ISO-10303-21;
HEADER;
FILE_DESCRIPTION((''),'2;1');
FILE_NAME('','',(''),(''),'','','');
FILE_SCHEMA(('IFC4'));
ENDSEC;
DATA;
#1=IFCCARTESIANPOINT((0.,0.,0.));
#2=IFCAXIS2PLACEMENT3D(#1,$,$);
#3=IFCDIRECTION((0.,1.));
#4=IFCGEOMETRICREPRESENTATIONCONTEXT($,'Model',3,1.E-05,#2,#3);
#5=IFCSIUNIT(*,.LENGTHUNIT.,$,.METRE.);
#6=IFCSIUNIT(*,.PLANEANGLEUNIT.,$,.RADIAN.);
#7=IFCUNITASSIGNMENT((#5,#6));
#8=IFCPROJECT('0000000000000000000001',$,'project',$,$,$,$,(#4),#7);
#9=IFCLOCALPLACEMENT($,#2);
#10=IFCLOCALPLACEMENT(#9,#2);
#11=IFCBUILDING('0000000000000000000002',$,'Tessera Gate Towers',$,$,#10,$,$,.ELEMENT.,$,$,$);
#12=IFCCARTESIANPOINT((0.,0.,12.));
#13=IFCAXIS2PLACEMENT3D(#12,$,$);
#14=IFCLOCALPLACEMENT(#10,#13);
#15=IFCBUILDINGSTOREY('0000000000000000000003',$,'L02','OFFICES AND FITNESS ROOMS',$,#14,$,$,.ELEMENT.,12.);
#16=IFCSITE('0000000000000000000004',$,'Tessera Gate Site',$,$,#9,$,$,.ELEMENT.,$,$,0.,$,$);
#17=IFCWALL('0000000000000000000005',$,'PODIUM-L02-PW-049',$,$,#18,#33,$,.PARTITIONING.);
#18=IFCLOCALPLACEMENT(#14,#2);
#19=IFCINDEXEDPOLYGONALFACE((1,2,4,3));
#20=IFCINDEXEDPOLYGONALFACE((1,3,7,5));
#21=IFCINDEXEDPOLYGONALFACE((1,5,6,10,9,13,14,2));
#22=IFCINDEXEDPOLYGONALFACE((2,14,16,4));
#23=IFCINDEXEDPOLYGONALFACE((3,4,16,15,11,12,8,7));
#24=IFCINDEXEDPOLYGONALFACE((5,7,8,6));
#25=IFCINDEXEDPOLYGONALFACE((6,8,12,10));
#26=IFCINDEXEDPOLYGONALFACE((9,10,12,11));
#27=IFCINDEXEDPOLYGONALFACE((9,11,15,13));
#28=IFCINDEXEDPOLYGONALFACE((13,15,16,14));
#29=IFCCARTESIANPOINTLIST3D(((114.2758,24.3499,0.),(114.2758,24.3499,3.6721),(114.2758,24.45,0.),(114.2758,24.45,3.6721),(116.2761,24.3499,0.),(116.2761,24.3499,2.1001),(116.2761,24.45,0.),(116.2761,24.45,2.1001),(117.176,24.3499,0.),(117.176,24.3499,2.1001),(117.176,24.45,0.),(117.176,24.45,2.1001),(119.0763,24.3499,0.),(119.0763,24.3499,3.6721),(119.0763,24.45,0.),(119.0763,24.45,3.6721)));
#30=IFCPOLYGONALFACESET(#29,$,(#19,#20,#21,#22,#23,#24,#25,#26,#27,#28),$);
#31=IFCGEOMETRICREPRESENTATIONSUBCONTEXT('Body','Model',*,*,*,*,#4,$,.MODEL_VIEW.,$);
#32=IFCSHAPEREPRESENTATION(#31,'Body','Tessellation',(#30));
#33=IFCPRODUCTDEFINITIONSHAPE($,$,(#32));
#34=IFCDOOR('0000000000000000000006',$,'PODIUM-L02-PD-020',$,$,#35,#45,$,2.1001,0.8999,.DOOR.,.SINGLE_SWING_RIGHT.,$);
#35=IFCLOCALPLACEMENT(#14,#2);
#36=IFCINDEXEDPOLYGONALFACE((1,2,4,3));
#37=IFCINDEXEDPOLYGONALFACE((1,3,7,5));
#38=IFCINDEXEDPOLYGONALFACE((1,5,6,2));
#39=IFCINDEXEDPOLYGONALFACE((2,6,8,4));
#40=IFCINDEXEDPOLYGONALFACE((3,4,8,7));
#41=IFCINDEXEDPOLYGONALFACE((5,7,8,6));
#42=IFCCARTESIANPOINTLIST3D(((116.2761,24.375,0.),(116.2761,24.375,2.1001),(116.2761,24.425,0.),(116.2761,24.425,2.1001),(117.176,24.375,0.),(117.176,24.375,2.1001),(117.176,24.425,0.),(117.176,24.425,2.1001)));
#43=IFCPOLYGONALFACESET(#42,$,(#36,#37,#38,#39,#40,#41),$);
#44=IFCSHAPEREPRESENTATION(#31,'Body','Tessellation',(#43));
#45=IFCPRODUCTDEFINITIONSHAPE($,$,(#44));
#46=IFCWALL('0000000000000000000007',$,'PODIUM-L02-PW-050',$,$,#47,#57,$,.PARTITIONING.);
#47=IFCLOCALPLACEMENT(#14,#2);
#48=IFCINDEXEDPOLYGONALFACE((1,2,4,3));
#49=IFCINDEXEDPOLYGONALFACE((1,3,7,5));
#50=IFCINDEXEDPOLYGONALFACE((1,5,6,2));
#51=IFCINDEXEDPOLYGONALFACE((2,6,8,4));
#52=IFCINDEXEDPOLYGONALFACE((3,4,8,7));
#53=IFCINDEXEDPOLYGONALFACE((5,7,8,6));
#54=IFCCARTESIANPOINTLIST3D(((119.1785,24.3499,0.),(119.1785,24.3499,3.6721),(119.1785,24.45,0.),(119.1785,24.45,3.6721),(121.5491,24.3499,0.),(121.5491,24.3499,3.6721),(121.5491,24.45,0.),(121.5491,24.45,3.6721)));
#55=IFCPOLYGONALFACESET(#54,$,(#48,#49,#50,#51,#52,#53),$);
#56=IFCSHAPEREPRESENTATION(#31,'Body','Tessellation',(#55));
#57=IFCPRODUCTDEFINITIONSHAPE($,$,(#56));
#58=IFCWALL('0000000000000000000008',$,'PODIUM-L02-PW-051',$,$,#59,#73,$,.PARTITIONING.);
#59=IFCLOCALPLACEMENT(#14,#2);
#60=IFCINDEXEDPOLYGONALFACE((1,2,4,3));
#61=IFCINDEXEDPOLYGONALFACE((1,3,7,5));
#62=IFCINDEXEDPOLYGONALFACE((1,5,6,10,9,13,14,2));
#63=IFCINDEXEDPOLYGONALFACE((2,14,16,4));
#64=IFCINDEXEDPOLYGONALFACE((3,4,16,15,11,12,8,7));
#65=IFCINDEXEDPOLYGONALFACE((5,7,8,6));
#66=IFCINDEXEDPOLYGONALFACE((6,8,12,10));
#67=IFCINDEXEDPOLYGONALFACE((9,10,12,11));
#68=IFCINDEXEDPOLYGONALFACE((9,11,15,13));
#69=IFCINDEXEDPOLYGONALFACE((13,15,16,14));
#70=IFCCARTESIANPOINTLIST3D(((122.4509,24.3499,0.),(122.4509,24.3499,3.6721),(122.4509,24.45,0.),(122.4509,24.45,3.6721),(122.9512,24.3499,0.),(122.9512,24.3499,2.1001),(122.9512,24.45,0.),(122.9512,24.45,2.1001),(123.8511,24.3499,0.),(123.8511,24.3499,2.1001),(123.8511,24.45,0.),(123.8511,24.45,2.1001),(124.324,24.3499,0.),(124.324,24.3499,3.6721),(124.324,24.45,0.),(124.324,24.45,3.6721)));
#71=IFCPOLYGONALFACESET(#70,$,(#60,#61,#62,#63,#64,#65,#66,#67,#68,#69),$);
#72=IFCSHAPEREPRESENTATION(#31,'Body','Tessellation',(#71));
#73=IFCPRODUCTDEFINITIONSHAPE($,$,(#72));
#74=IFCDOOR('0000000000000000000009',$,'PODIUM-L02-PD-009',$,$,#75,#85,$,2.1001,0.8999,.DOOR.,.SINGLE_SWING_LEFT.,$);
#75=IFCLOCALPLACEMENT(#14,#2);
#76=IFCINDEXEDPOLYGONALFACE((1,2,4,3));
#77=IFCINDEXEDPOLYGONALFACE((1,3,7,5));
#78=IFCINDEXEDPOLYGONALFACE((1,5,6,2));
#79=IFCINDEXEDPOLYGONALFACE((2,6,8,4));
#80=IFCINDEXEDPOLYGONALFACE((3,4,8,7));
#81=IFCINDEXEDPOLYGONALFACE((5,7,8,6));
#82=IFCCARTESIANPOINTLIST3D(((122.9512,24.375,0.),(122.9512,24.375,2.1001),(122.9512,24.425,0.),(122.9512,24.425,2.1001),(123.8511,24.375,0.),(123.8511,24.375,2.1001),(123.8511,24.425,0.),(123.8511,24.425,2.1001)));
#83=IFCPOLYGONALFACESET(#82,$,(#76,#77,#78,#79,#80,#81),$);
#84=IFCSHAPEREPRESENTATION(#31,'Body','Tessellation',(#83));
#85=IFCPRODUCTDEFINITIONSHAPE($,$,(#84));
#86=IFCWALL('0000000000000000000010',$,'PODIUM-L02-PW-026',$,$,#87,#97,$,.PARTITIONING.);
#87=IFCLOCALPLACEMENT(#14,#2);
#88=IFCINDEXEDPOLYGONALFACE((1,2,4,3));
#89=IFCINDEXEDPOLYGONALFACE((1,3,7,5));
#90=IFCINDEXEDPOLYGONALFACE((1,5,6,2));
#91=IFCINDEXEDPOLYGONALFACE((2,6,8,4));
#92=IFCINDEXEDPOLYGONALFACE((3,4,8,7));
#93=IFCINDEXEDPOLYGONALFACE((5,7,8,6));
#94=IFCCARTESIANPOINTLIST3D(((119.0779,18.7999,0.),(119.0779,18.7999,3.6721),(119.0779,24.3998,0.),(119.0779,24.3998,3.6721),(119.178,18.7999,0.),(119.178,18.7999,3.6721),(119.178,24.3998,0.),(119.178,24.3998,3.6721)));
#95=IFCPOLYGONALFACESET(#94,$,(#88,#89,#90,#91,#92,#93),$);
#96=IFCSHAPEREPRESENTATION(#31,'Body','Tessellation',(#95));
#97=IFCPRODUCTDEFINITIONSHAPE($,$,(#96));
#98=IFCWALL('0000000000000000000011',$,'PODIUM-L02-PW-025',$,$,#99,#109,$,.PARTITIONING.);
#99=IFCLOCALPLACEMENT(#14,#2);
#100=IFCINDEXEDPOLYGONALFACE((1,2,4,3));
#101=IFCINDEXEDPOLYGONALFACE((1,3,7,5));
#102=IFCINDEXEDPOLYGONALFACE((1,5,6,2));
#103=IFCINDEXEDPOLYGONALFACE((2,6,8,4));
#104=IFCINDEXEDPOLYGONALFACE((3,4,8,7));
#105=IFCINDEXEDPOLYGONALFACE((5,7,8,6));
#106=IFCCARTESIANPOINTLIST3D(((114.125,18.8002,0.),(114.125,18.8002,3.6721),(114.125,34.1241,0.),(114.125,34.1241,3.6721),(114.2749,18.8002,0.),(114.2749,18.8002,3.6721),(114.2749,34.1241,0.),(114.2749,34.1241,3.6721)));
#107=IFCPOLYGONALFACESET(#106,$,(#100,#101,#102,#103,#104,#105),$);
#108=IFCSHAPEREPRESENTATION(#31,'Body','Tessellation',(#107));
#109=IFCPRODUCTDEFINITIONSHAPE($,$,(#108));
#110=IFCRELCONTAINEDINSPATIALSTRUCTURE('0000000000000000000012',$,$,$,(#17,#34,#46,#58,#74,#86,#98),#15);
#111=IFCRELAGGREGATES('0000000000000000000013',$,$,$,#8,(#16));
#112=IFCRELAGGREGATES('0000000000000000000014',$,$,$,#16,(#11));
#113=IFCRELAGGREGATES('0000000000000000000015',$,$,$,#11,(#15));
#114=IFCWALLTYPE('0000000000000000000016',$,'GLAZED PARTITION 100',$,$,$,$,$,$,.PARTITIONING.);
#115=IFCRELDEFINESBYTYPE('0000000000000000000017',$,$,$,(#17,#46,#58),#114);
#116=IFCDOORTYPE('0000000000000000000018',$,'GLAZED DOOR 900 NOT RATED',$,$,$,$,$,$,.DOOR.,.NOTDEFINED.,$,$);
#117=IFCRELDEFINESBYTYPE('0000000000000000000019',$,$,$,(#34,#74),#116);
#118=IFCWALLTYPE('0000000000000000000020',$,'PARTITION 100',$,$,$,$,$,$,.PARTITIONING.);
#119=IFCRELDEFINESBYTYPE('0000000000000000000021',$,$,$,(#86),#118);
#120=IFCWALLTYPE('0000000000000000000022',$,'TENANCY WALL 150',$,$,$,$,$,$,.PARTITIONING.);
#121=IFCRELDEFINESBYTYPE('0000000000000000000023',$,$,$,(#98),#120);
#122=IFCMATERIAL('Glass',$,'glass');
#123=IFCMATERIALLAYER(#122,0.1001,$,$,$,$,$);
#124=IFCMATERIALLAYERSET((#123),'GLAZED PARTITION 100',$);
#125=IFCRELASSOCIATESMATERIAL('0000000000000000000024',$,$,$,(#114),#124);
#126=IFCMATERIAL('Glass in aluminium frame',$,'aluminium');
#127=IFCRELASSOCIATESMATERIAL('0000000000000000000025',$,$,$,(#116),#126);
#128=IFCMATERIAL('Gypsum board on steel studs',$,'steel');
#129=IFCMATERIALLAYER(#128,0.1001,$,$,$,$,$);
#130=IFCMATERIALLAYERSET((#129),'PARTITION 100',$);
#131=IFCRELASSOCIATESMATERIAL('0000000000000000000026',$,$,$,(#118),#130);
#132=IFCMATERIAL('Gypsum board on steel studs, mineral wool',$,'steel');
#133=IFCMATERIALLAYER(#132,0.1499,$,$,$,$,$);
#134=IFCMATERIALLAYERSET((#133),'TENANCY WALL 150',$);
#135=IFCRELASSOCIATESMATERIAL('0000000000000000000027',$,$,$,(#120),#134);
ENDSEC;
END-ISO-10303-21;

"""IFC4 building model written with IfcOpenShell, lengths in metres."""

from ifc_helpers import new_model, si_unit, direction, frame, frame_2d, origin, place, context, subcontext, project, spatial, rectangle, extrude, source, transform, mapped, material, layer, layer_set, type_object, element, fill, save


model = new_model("IFC4")

# Units and contexts
model_context = context("Model", 3, precision=1e-05, world=origin(), true_north=direction((0.0, 1.0)))
body_context = subcontext(model_context, "Body", "Model", "MODEL_VIEW")
ifc_project = project(units=[si_unit("LENGTHUNIT", "METRE"), si_unit("PLANEANGLEUNIT", "RADIAN")], contexts=[model_context])

# Site, building, storey
site_placement = place(None, origin())
site = spatial("IfcSite", under=ifc_project, at=site_placement, Name="Tessera Gate Site", CompositionType="ELEMENT", RefElevation=0.0)
building_placement = place(site_placement, origin())
building = spatial("IfcBuilding", under=site, at=building_placement, Name="Tessera Gate Towers", CompositionType="ELEMENT")
storey_placement = place(building_placement, frame((0.0, 0.0, 12.0)))
storey = spatial("IfcBuildingStorey", under=building, at=storey_placement, Name="L02", Description="OFFICES AND FITNESS ROOMS", CompositionType="ELEMENT", Elevation=12.0)

# Wall, opening, door
ifc_material_1 = material(Name="Glass", Category="glass")
ifc_layer_1 = layer(ifc_material_1, 0.1001)
ifc_layer_set_1 = layer_set([ifc_layer_1], Name="GLAZED PARTITION 100")
wall_type_1 = type_object("IfcWallType", Name="GLAZED PARTITION 100", PredefinedType="PARTITIONING", material=ifc_layer_set_1)
shared_shape_1 = source(origin(), body_context, "Body", "SweptSolid", [
    extrude(rectangle(XDim=0.8999, YDim=2.1001, at=frame_2d((0.45, 1.05))), frame((0.0, 0.0601, 0.0), z_axis=(0.0, -1.0, 0.0), x_axis=(1.0, 0.0, 0.0)), (0.0, 0.0, 1.0), 0.1201),
])
ifc_material_2 = material(Name="Glass in aluminium frame", Category="aluminium")
door_type = type_object("IfcDoorType", Name="GLAZED DOOR 900 NOT RATED", OperationType="NOTDEFINED", PredefinedType="DOOR", material=ifc_material_2)
shared_shape_2 = source(origin(), body_context, "Body", "SweptSolid", [
    extrude(rectangle(XDim=0.8999, YDim=2.1001, at=frame_2d((0.45, 1.05))), frame((0.0, 0.0249, 0.0), z_axis=(0.0, -1.0, 0.0), x_axis=(1.0, 0.0, 0.0)), (0.0, 0.0, 1.0), 0.05),
])
wall_1_placement = place(storey_placement, frame((119.0764, 24.3999, 0.0), z_axis=(0.0, 0.0, 1.0), x_axis=(-1.0, 0.0, 0.0)))
wall_1 = element("IfcWall", 1, at=wall_1_placement, inside=storey, type_object=wall_type_1, Name="PODIUM-L02-PW-049", PredefinedType="PARTITIONING", context=body_context, shape_type="SweptSolid", body=[
    extrude(rectangle(XDim=4.8005, YDim=0.1001, at=frame_2d((2.4004, 0.0))), origin(), (0.0, 0.0, 1.0), 3.6721),
])
opening_1_placement = place(wall_1_placement, frame((1.9004, 0.0, 0.0)))
opening_1 = element("IfcOpeningElement", 2, at=opening_1_placement, cuts=wall_1, PredefinedType="OPENING", context=body_context, shape_type="MappedRepresentation", body=[
    mapped(shared_shape_1, transform((0.0, 0.0, 0.0), scale=1.0)),
])
door_1_placement = place(opening_1_placement, origin())
door_1 = element("IfcDoor", 3, at=door_1_placement, inside=storey, type_object=door_type, Name="PODIUM-L02-PD-020", OperationType="SINGLE_SWING_RIGHT", OverallHeight=2.1001, OverallWidth=0.8999, PredefinedType="DOOR", context=body_context, shape_type="MappedRepresentation", body=[
    mapped(shared_shape_2, transform((0.0, 0.0, 0.0), scale=1.0)),
])
fill(opening_1, door_1)

# Wall
wall_2_placement = place(storey_placement, frame((119.1785, 24.3999, 0.0), z_axis=(0.0, 0.0, 1.0), x_axis=(1.0, 0.0, 0.0)))
element("IfcWall", 4, at=wall_2_placement, inside=storey, type_object=wall_type_1, Name="PODIUM-L02-PW-050", PredefinedType="PARTITIONING", context=body_context, shape_type="SweptSolid", body=[
    extrude(rectangle(XDim=2.3706, YDim=0.1001, at=frame_2d((1.1853, 0.0))), origin(), (0.0, 0.0, 1.0), 3.6721),
])

# Wall, opening, door
wall_3_placement = place(storey_placement, frame((124.324, 24.3999, 0.0), z_axis=(0.0, 0.0, 1.0), x_axis=(-1.0, 0.0, 0.0)))
wall_3 = element("IfcWall", 5, at=wall_3_placement, inside=storey, type_object=wall_type_1, Name="PODIUM-L02-PW-051", PredefinedType="PARTITIONING", context=body_context, shape_type="SweptSolid", body=[
    extrude(rectangle(XDim=1.873, YDim=0.1001, at=frame_2d((0.9365, 0.0))), origin(), (0.0, 0.0, 1.0), 3.6721),
])
opening_2_placement = place(wall_3_placement, frame((0.4729, 0.0, 0.0)))
opening_2 = element("IfcOpeningElement", 6, at=opening_2_placement, cuts=wall_3, PredefinedType="OPENING", context=body_context, shape_type="MappedRepresentation", body=[
    mapped(shared_shape_1, transform((0.0, 0.0, 0.0), scale=1.0)),
])
door_2_placement = place(opening_2_placement, origin())
door_2 = element("IfcDoor", 7, at=door_2_placement, inside=storey, type_object=door_type, Name="PODIUM-L02-PD-009", OperationType="SINGLE_SWING_LEFT", OverallHeight=2.1001, OverallWidth=0.8999, PredefinedType="DOOR", context=body_context, shape_type="MappedRepresentation", body=[
    mapped(shared_shape_2, transform((0.0, 0.0, 0.0), scale=1.0)),
])
fill(opening_2, door_2)

# Walls
ifc_material_3 = material(Name="Gypsum board on steel studs", Category="steel")
ifc_layer_2 = layer(ifc_material_3, 0.1001)
ifc_layer_set_2 = layer_set([ifc_layer_2], Name="PARTITION 100")
wall_type_2 = type_object("IfcWallType", Name="PARTITION 100", PredefinedType="PARTITIONING", material=ifc_layer_set_2)
wall_4_placement = place(storey_placement, frame((119.1279, 18.8, 0.0), z_axis=(0.0, 0.0, 1.0), x_axis=(0.0, 1.0, 0.0)))
element("IfcWall", 8, at=wall_4_placement, inside=storey, type_object=wall_type_2, Name="PODIUM-L02-PW-026", PredefinedType="PARTITIONING", context=body_context, shape_type="SweptSolid", body=[
    extrude(rectangle(XDim=5.5999, YDim=0.1001, at=frame_2d((2.7998, 0.0))), origin(), (0.0, 0.0, 1.0), 3.6721),
])
ifc_material_4 = material(Name="Gypsum board on steel studs, mineral wool", Category="steel")
ifc_layer_3 = layer(ifc_material_4, 0.1499)
ifc_layer_set_3 = layer_set([ifc_layer_3], Name="TENANCY WALL 150")
wall_type_3 = type_object("IfcWallType", Name="TENANCY WALL 150", PredefinedType="PARTITIONING", material=ifc_layer_set_3)
wall_5_placement = place(storey_placement, frame((114.2, 18.8, 0.0), z_axis=(0.0, 0.0, 1.0), x_axis=(0.0, 1.0, 0.0)))
element("IfcWall", 9, at=wall_5_placement, inside=storey, type_object=wall_type_3, Name="PODIUM-L02-PW-025", PredefinedType="PARTITIONING", context=body_context, shape_type="SweptSolid", body=[
    extrude(rectangle(XDim=15.324, YDim=0.1499, at=frame_2d((7.6621, 0.0))), origin(), (0.0, 0.0, 1.0), 3.6721),
])

save(model, "model.ifc")
